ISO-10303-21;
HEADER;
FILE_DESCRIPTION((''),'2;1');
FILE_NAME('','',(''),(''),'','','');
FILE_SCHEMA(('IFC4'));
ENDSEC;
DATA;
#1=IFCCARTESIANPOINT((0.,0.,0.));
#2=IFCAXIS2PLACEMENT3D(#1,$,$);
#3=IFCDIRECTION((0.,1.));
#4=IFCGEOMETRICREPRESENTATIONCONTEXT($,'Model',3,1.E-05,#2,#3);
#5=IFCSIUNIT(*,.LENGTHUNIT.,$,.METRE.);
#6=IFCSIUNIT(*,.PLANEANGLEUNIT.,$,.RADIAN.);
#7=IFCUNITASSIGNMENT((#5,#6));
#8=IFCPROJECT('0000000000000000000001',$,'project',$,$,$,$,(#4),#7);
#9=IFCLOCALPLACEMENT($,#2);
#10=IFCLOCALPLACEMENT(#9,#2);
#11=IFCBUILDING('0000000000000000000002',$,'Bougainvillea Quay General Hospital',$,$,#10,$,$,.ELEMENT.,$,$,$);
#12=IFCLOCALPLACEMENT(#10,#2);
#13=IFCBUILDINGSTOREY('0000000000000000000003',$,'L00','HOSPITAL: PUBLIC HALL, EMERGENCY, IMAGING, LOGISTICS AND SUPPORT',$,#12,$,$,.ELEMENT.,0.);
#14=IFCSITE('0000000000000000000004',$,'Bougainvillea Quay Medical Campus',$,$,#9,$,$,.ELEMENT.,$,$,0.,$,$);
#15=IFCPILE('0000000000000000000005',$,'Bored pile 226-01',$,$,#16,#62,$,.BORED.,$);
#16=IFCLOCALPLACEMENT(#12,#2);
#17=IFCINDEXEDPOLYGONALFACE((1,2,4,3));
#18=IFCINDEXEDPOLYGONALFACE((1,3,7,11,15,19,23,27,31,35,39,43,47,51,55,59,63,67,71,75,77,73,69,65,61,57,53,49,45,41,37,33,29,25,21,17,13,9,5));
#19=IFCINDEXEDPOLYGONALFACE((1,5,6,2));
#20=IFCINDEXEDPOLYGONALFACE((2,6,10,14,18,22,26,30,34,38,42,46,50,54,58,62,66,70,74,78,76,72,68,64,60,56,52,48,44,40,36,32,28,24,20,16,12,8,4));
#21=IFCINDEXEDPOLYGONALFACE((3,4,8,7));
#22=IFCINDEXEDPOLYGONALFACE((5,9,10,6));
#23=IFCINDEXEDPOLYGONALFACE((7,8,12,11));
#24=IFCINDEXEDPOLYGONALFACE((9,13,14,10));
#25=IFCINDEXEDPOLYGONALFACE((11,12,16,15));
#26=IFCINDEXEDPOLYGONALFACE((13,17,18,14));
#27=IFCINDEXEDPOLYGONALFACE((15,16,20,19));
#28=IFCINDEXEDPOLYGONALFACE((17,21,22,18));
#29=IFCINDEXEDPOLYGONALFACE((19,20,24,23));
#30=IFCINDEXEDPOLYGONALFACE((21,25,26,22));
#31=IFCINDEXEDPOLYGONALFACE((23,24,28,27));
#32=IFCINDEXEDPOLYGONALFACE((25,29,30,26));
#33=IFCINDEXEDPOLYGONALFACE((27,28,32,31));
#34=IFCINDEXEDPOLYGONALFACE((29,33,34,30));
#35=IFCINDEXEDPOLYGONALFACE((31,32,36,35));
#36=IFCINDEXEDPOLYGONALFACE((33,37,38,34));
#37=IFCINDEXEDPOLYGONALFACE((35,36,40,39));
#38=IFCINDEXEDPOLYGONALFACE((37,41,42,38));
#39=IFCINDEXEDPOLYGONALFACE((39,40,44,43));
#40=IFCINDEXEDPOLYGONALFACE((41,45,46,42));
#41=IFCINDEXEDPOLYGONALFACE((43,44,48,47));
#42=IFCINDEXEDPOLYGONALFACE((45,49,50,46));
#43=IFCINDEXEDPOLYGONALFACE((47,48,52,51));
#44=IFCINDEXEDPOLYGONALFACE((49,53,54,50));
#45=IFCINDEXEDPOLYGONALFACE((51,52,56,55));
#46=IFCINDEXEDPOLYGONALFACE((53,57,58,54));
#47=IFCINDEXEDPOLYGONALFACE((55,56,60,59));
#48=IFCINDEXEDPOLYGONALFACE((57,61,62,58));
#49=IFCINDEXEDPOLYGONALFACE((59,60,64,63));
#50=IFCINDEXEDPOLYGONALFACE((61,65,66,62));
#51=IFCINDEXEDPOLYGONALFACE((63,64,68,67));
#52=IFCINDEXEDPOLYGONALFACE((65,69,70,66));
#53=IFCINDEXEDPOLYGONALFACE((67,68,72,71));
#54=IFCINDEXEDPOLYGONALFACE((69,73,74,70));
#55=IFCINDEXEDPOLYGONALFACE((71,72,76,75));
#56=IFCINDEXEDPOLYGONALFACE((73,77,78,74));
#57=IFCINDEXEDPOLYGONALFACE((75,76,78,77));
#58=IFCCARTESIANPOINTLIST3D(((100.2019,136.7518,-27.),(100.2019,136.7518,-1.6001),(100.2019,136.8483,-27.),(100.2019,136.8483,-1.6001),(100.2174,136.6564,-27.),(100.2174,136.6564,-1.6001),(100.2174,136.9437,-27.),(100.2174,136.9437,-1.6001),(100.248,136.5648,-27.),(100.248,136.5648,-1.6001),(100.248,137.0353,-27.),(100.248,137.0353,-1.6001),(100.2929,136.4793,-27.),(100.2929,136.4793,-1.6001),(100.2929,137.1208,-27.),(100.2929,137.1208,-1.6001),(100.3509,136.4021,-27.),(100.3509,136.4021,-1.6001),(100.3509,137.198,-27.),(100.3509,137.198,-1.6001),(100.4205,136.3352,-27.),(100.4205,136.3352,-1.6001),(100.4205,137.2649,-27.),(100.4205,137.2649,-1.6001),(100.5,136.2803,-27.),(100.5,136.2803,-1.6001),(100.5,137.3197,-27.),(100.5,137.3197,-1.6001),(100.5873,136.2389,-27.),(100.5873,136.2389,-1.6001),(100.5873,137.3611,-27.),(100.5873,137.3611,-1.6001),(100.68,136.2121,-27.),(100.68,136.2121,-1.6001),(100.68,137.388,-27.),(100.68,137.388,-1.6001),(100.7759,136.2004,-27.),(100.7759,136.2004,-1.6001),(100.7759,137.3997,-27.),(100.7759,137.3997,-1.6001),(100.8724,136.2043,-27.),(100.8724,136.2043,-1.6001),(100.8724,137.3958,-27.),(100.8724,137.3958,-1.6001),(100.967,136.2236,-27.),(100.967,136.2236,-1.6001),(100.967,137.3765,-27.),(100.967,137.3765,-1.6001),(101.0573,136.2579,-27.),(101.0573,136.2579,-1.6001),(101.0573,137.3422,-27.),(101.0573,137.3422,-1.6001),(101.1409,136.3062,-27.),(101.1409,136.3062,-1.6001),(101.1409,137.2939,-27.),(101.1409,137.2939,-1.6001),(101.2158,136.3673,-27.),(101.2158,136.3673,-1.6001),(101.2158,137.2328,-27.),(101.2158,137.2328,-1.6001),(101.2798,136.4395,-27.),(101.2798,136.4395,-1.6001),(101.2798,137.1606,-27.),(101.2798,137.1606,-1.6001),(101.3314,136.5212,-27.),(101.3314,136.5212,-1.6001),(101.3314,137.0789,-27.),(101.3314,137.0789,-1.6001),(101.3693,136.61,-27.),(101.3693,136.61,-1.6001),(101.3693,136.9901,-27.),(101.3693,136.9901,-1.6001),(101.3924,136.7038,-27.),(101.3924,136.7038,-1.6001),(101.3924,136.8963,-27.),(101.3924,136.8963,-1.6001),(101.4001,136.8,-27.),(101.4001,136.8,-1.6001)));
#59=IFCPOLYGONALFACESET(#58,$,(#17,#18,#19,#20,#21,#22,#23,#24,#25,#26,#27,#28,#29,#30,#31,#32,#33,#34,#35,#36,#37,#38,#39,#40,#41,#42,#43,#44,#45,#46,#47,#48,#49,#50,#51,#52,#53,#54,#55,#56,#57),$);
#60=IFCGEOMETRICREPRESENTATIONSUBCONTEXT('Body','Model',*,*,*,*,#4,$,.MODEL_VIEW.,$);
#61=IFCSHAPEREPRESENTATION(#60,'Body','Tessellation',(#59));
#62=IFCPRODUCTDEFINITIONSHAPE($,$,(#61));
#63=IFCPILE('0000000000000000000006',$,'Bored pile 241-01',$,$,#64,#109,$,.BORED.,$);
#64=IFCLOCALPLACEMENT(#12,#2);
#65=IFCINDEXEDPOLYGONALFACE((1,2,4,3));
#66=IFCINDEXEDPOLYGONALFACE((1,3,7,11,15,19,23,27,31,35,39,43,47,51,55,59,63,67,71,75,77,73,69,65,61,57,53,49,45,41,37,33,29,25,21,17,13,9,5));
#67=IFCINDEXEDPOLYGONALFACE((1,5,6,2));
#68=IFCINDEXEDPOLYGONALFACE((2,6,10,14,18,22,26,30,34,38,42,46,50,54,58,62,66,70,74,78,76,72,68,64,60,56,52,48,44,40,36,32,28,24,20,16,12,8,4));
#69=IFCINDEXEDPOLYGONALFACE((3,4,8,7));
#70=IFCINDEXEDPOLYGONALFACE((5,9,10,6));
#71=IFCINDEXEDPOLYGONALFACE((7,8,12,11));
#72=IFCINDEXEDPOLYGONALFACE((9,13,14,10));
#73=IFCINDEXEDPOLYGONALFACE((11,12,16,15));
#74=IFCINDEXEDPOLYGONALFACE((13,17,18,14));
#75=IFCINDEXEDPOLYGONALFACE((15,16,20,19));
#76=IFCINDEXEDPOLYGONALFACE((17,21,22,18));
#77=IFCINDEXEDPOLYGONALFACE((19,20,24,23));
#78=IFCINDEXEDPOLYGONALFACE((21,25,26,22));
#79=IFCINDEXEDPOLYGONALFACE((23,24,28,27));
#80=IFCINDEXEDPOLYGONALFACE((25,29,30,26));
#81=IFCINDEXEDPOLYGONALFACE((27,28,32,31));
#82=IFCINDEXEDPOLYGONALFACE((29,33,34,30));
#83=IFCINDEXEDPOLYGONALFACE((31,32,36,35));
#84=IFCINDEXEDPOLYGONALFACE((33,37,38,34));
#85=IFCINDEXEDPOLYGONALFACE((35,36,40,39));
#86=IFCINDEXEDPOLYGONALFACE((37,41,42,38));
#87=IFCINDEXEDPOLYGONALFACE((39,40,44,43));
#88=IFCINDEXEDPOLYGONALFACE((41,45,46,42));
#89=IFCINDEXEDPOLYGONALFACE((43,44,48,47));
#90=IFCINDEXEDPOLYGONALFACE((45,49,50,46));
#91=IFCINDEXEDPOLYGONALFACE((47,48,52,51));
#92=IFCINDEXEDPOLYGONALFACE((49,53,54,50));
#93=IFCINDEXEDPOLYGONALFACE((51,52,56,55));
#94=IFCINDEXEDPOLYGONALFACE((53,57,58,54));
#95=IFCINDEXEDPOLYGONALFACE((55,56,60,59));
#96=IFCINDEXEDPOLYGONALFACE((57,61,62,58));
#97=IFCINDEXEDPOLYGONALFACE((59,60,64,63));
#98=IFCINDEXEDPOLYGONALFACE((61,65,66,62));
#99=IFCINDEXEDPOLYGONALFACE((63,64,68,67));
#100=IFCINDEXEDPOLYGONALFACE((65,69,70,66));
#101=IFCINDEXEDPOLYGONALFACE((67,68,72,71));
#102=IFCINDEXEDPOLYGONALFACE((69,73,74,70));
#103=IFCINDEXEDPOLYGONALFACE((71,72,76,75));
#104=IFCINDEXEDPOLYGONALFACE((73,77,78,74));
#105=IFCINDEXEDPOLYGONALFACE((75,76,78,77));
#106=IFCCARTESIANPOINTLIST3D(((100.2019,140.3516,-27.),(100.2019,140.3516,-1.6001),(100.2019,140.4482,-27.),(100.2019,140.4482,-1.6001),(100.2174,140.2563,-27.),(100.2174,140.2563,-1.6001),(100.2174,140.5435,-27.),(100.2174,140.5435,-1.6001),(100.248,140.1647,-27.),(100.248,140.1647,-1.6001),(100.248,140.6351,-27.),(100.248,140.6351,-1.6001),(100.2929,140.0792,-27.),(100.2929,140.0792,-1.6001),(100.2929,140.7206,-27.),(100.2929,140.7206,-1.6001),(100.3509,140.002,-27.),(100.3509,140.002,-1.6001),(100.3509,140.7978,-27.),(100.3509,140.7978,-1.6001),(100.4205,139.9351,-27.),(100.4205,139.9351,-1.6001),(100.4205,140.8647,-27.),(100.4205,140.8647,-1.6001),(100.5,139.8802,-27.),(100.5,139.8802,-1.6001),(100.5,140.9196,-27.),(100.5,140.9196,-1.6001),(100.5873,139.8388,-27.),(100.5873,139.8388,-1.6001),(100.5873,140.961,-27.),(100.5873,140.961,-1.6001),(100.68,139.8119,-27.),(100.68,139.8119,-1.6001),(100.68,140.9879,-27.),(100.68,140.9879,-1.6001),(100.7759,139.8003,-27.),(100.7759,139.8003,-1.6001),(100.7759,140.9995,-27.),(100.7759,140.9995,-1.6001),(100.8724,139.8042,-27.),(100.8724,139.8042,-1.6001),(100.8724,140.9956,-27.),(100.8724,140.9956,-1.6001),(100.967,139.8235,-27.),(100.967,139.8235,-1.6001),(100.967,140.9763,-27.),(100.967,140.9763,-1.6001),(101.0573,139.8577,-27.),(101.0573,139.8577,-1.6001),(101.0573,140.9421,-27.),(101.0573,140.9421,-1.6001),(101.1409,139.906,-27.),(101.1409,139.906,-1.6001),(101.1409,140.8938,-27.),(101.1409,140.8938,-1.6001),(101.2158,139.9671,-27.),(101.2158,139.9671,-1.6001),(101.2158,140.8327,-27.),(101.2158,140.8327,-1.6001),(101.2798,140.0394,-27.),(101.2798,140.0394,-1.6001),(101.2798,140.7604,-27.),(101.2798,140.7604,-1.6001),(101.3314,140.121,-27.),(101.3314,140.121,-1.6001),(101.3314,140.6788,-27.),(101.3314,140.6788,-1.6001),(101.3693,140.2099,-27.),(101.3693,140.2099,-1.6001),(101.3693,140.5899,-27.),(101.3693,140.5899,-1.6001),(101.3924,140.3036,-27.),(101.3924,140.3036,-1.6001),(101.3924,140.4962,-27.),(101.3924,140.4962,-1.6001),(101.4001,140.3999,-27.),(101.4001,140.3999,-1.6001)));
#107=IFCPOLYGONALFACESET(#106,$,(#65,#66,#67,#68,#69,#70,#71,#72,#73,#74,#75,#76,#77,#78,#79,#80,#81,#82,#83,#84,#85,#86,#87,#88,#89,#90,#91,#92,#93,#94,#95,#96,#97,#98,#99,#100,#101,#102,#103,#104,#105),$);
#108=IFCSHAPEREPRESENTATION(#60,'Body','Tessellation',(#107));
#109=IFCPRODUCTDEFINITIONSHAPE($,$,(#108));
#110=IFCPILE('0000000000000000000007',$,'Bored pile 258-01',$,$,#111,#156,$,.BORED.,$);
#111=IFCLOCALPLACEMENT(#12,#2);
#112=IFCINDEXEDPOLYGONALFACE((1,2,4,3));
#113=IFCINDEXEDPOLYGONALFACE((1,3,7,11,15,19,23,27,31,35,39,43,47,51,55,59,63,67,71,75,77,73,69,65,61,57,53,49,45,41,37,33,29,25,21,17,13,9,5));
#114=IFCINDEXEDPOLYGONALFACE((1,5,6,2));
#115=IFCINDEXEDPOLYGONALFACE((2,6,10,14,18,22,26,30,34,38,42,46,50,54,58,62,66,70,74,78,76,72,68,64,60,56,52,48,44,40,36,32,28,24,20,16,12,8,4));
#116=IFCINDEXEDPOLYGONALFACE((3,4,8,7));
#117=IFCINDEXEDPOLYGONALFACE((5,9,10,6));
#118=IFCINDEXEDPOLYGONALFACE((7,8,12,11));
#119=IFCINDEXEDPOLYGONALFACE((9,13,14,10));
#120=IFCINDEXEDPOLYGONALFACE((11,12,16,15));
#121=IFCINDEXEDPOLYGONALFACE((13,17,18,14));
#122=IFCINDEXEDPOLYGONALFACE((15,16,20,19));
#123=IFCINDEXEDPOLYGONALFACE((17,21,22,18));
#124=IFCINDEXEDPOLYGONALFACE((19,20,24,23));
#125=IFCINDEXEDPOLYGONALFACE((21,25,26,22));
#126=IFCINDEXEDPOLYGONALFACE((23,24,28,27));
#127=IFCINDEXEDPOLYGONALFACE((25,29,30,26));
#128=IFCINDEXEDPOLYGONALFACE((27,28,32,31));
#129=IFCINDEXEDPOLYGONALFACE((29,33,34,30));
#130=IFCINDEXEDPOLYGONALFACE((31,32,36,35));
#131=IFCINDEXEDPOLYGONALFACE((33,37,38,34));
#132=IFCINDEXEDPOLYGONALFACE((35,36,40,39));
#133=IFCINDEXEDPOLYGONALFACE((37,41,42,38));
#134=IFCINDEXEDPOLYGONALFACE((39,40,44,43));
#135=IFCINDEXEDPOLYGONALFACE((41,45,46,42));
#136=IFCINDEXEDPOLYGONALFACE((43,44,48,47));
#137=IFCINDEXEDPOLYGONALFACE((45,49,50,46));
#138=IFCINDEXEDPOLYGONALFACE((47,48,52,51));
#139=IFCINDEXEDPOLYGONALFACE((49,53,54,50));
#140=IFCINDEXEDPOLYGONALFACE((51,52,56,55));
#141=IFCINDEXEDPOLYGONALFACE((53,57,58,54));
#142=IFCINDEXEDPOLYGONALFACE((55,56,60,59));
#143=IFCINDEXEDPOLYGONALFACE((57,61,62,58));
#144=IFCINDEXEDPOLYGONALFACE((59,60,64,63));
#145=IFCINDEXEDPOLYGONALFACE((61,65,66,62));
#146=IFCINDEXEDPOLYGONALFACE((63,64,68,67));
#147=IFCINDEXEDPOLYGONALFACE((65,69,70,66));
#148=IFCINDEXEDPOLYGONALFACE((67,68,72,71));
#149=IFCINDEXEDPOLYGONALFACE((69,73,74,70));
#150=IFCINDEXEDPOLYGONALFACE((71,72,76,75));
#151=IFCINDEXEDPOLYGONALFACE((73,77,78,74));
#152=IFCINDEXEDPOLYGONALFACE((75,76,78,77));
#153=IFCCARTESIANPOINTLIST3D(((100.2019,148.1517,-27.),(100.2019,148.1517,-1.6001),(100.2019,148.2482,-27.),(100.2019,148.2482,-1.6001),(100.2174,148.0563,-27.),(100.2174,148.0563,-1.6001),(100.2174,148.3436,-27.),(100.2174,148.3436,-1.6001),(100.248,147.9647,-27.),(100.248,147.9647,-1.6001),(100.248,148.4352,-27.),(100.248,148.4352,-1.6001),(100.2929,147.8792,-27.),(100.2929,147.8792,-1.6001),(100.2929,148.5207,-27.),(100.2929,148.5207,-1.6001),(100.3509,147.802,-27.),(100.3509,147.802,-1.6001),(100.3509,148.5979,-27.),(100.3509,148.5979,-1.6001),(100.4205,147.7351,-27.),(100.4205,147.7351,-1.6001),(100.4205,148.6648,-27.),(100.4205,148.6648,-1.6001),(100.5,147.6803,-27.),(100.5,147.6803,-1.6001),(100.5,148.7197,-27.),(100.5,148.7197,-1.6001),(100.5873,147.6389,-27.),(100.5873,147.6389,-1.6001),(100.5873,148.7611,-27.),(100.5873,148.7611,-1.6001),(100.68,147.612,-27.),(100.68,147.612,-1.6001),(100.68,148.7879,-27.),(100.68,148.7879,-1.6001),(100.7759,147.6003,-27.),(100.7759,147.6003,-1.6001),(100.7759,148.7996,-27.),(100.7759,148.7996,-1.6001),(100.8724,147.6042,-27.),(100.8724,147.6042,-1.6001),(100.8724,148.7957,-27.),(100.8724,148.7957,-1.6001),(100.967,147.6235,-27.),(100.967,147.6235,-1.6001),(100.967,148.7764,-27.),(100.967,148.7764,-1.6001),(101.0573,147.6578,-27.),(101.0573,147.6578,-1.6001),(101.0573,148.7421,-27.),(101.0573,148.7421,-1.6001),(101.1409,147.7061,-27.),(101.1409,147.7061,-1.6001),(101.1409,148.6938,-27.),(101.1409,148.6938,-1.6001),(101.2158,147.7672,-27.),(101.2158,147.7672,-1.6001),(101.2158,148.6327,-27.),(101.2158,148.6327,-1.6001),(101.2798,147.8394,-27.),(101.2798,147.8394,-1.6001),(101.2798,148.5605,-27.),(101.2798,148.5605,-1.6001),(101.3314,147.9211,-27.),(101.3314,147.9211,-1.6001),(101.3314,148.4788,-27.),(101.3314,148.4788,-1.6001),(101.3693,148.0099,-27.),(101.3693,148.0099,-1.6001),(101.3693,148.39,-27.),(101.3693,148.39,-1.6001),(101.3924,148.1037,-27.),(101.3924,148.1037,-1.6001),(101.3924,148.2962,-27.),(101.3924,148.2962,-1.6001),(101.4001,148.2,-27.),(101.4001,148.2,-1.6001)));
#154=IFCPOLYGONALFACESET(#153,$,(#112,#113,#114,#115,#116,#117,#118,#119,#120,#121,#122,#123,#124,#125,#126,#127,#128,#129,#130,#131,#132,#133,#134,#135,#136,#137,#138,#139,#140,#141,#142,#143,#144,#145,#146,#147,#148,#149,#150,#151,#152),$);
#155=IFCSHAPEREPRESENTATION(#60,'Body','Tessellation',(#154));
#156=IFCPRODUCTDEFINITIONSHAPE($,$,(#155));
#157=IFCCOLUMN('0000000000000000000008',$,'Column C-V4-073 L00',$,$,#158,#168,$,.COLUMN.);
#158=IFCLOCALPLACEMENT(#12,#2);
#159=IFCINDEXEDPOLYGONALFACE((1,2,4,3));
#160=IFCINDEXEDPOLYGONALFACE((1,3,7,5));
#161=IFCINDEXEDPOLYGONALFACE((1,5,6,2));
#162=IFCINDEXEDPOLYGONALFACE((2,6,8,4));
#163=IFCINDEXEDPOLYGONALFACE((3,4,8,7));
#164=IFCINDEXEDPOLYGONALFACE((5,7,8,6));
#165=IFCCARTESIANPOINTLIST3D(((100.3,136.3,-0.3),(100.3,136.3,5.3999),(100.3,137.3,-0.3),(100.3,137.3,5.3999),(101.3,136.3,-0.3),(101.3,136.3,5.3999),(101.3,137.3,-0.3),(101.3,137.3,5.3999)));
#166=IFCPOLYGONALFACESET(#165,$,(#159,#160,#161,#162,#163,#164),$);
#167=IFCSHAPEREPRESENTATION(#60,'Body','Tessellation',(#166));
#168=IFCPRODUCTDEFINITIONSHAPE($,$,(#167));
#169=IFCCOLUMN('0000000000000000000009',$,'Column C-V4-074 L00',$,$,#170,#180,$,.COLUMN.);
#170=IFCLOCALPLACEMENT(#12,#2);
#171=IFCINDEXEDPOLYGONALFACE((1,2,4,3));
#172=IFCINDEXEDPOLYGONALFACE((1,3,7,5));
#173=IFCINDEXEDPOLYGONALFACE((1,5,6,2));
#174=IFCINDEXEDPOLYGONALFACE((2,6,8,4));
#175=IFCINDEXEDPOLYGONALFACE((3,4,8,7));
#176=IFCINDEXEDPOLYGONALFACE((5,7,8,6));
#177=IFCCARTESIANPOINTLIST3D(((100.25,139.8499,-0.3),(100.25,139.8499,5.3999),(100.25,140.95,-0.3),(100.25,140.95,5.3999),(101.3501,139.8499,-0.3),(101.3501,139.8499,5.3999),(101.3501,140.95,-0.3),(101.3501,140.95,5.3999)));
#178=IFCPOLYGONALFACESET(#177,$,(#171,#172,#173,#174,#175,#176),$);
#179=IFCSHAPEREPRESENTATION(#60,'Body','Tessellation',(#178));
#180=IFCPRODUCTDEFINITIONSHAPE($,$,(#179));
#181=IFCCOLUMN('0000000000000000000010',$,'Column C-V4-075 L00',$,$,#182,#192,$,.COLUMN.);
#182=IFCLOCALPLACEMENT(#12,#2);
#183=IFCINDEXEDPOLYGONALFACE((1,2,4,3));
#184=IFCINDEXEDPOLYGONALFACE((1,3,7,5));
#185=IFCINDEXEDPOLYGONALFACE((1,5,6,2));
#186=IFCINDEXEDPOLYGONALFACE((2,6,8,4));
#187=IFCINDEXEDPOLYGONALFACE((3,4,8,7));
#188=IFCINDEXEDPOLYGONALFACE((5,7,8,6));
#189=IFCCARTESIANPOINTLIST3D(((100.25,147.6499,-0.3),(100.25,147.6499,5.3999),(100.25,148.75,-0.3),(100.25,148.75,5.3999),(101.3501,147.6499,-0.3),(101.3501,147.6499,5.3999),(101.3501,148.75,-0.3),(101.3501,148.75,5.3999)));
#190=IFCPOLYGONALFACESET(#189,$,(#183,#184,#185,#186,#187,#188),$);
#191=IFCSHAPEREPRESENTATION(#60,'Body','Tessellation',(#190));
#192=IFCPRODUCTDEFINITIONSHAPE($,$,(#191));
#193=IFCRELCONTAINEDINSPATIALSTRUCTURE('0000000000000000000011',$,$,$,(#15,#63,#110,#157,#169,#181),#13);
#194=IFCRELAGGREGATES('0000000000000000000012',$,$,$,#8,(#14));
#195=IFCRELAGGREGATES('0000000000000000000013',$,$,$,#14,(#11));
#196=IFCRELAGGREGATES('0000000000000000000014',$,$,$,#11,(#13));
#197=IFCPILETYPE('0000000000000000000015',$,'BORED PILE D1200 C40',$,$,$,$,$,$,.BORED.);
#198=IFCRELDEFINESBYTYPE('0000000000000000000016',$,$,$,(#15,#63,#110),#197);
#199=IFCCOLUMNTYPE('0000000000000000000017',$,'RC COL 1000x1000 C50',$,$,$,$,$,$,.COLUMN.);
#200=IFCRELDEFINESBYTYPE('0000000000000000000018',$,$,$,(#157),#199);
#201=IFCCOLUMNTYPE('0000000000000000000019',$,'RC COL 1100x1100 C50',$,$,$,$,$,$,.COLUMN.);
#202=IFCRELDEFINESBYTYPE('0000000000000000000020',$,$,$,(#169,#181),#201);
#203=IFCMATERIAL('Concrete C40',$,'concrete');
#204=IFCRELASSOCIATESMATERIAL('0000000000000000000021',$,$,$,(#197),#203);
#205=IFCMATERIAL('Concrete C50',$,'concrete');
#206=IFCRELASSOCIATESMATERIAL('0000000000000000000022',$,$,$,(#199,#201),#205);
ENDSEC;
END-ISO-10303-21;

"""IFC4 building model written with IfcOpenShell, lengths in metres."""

from ifc_helpers import new_model, si_unit, direction, frame, origin, origin_2d, place, context, subcontext, project, spatial, rectangle, circle, extrude, material, material_profile, profile_set, type_object, element, save


model = new_model("IFC4")

# Units and contexts
model_context = context("Model", 3, precision=1e-05, world=origin(), true_north=direction((0.0, 1.0)))
body_context = subcontext(model_context, "Body", "Model", "MODEL_VIEW")
ifc_project = project(units=[si_unit("LENGTHUNIT", "METRE"), si_unit("PLANEANGLEUNIT", "RADIAN")], contexts=[model_context])

# Site, building, storey
site_placement = place(None, origin())
site = spatial("IfcSite", under=ifc_project, at=site_placement, Name="Bougainvillea Quay Medical Campus", CompositionType="ELEMENT", RefElevation=0.0)
building_placement = place(site_placement, origin())
building = spatial("IfcBuilding", under=site, at=building_placement, Name="Bougainvillea Quay General Hospital", CompositionType="ELEMENT")
storey_placement = place(building_placement, origin())
storey = spatial("IfcBuildingStorey", under=building, at=storey_placement, Name="L00", Description="HOSPITAL: PUBLIC HALL, EMERGENCY, IMAGING, LOGISTICS AND SUPPORT", CompositionType="ELEMENT", Elevation=0.0)

# Piles
ifc_material_1 = material(Name="Concrete C40", Category="concrete")
ifc_material_profile_1 = material_profile(ifc_material_1, circle(Radius=0.6001, at=origin_2d()))
ifc_profile_set_1 = profile_set([ifc_material_profile_1], Name="Concrete C40")
pile_type = type_object("IfcPileType", Name="BORED PILE D1200 C40", PredefinedType="BORED", material=ifc_profile_set_1)
for number, where, z_axis, x_axis, name in (
    (1, (100.8, 136.8, -1.6001), (0.0, 0.0, -1.0), (1.0, 0.0, 0.0), "Bored pile 226-01"),
    (2, (100.8, 140.3999, -1.6001), (0.0, 0.0, -1.0), (1.0, 0.0, 0.0), "Bored pile 241-01"),
    (3, (100.8, 148.2, -1.6001), (0.0, 0.0, -1.0), (1.0, 0.0, 0.0), "Bored pile 258-01"),
):
    element("IfcPile", number, at=place(storey_placement, frame(where, z_axis=z_axis, x_axis=x_axis)), inside=storey, type_object=pile_type, Name=name, PredefinedType="BORED", context=body_context, shape_type="SweptSolid", body=[
        extrude(circle(Radius=0.6001, at=origin_2d()), origin(), (0.0, 0.0, 1.0), 25.3999),
    ])

# Columns
ifc_material_2 = material(Name="Concrete C50", Category="concrete")
ifc_material_profile_2 = material_profile(ifc_material_2, rectangle(XDim=1.0, YDim=1.0, at=origin_2d()))
ifc_profile_set_2 = profile_set([ifc_material_profile_2], Name="Concrete C50")
column_type_1 = type_object("IfcColumnType", Name="RC COL 1000x1000 C50", PredefinedType="COLUMN", material=ifc_profile_set_2)
column_placement = place(storey_placement, frame((100.8, 136.8, -0.3), z_axis=(0.0, 0.0, 1.0), x_axis=(1.0, 0.0, 0.0)))
element("IfcColumn", 4, at=column_placement, inside=storey, type_object=column_type_1, Name="Column C-V4-073 L00", PredefinedType="COLUMN", context=body_context, shape_type="SweptSolid", body=[
    extrude(rectangle(XDim=1.0, YDim=1.0, at=origin_2d()), origin(), (0.0, 0.0, 1.0), 5.7),
])
ifc_material_profile_3 = material_profile(ifc_material_2, rectangle(XDim=1.1001, YDim=1.1001, at=origin_2d()))
ifc_profile_set_3 = profile_set([ifc_material_profile_3], Name="Concrete C50")
column_type_2 = type_object("IfcColumnType", Name="RC COL 1100x1100 C50", PredefinedType="COLUMN", material=ifc_profile_set_3)
for number, where, z_axis, x_axis, name in (
    (5, (100.8, 140.3999, -0.3), (0.0, 0.0, 1.0), (1.0, 0.0, 0.0), "Column C-V4-074 L00"),
    (6, (100.8, 148.2, -0.3), (0.0, 0.0, 1.0), (1.0, 0.0, 0.0), "Column C-V4-075 L00"),
):
    element("IfcColumn", number, at=place(storey_placement, frame(where, z_axis=z_axis, x_axis=x_axis)), inside=storey, type_object=column_type_2, Name=name, PredefinedType="COLUMN", context=body_context, shape_type="SweptSolid", body=[
        extrude(rectangle(XDim=1.1001, YDim=1.1001, at=origin_2d()), origin(), (0.0, 0.0, 1.0), 5.7),
    ])

save(model, "model.ifc")
